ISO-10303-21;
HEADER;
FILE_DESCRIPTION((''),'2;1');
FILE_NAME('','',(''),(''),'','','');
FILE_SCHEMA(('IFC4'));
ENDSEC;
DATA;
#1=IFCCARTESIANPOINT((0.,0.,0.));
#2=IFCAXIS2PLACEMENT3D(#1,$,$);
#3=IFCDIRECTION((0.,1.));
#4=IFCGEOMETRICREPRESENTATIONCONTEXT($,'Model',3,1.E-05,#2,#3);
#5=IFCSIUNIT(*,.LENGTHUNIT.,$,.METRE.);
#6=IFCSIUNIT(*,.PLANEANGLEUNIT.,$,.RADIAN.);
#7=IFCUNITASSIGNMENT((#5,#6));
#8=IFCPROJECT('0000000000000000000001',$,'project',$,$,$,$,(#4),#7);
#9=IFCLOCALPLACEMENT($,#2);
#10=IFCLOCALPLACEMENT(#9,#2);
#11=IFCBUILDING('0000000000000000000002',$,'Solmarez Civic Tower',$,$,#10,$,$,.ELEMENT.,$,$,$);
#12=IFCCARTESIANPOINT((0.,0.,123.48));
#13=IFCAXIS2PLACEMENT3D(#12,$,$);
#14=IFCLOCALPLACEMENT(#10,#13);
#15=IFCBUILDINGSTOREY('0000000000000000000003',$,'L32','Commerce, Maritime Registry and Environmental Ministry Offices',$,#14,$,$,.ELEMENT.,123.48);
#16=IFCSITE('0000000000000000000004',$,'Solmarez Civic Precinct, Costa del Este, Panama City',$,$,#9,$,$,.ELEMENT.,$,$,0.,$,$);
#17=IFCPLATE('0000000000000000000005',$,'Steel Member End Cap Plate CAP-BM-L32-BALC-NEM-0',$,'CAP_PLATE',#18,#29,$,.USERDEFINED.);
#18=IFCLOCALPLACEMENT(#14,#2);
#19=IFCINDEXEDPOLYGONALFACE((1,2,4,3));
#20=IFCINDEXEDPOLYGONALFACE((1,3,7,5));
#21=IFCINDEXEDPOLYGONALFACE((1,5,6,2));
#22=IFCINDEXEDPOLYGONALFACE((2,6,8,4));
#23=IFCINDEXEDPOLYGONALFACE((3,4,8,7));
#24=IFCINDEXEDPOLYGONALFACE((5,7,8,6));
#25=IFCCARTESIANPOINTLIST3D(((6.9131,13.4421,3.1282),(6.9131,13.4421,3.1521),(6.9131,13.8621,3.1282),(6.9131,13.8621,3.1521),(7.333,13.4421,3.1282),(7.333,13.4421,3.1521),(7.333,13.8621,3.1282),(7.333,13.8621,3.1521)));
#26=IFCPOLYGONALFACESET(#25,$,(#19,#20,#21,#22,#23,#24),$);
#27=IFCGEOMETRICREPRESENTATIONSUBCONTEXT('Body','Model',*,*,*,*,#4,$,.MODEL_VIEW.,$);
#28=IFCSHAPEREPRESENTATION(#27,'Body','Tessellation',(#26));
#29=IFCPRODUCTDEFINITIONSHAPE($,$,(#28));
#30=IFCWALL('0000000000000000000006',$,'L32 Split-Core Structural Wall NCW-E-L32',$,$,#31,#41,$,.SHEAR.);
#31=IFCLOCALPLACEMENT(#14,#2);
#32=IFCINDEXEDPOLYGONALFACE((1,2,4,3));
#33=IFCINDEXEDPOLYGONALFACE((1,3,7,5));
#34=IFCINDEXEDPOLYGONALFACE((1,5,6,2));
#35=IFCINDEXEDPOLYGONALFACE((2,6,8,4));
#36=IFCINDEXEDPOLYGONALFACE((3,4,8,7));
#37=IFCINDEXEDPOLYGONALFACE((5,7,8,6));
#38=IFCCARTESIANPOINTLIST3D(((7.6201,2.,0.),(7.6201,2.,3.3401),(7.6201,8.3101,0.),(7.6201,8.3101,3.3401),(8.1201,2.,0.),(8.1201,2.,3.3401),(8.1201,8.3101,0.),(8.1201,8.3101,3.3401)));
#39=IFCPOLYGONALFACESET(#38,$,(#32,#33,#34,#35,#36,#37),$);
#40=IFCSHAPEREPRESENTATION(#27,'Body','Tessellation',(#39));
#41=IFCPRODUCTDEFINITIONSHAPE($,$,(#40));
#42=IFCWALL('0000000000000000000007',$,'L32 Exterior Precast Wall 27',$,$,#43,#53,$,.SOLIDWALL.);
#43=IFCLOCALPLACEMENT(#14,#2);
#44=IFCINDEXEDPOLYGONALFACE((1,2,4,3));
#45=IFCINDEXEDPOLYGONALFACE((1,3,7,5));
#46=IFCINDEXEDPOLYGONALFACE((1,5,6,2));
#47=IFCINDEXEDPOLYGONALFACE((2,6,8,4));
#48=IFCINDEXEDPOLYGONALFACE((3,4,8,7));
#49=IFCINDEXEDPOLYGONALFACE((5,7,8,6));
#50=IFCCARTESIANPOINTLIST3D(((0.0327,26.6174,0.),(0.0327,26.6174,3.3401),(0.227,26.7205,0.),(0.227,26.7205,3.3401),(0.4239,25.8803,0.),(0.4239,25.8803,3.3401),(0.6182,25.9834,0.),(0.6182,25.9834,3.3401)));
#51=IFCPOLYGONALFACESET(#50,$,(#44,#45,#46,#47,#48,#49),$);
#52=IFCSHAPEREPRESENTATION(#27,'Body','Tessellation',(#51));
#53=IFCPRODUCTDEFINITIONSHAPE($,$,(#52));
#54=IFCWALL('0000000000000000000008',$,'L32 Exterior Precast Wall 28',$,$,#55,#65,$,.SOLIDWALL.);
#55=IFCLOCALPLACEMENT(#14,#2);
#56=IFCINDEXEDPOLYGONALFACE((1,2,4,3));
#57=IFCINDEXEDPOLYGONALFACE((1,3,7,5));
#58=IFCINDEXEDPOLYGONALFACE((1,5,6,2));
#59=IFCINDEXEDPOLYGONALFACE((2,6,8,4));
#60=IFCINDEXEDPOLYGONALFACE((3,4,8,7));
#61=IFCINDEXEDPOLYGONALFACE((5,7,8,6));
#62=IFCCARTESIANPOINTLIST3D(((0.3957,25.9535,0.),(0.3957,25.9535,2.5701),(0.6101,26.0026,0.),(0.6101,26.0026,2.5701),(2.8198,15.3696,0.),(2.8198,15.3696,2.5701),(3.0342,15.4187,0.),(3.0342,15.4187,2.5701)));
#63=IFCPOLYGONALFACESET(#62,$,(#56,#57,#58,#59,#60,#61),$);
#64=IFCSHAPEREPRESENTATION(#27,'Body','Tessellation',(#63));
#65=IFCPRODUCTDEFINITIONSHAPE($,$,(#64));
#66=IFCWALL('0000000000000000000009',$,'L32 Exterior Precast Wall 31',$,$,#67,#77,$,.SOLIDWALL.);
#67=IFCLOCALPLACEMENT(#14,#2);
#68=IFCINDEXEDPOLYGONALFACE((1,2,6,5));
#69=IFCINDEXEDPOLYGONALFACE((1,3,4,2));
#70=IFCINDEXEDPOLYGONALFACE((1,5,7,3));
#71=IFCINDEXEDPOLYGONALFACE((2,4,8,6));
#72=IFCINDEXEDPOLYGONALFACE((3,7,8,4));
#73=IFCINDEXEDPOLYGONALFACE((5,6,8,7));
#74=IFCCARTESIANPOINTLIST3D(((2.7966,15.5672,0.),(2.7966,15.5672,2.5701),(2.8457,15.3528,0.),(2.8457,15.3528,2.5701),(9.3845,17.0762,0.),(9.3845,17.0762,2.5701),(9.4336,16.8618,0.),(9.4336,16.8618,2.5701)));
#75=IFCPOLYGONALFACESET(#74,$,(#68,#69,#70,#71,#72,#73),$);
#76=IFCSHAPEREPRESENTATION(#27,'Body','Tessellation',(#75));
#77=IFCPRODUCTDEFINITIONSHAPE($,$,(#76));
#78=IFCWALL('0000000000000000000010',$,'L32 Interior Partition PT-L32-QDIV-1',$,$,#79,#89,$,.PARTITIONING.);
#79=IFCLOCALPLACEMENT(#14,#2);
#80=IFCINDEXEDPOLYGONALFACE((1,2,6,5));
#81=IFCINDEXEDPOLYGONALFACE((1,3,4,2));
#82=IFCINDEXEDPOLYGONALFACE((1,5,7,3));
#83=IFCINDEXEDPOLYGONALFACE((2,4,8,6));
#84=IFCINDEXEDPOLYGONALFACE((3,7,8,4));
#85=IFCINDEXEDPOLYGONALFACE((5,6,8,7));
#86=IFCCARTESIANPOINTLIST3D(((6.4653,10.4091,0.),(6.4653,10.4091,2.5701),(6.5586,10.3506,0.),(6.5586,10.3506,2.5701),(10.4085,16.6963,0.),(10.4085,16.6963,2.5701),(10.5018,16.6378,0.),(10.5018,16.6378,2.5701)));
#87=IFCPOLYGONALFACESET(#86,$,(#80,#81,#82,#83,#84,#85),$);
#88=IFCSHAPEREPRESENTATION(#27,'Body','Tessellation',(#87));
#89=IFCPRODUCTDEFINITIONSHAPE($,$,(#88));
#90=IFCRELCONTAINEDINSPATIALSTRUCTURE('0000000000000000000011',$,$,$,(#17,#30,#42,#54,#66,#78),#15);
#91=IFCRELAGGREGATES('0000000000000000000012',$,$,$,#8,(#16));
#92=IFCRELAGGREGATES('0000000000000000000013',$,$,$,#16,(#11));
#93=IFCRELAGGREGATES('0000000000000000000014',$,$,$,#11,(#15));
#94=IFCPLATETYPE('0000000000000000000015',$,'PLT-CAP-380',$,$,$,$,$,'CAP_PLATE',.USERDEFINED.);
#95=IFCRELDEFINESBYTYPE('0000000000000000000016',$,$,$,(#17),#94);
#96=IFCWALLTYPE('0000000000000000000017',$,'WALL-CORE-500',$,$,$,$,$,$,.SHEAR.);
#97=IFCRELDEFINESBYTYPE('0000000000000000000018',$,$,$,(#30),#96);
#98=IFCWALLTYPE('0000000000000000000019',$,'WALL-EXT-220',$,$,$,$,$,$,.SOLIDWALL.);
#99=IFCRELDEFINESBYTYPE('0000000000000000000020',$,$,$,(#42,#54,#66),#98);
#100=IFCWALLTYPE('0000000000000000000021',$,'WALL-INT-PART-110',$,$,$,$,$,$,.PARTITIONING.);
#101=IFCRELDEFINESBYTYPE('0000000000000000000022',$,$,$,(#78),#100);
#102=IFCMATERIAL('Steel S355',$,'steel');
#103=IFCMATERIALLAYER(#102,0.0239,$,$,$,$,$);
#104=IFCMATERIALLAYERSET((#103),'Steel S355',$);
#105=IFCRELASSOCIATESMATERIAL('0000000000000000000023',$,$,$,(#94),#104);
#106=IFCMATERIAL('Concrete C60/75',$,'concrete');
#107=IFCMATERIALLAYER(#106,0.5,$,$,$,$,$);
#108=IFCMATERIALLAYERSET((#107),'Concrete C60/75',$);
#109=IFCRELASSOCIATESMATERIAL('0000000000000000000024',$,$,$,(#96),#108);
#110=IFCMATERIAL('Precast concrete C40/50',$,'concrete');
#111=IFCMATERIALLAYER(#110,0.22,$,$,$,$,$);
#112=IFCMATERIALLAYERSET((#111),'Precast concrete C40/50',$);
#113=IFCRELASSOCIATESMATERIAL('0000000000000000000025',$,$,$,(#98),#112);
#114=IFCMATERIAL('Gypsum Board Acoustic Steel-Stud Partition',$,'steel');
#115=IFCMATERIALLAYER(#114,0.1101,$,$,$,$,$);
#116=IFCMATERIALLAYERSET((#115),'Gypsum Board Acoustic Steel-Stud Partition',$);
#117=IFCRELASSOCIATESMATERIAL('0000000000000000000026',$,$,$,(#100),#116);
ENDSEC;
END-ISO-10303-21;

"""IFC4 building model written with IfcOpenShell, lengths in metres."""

from ifc_helpers import new_model, si_unit, direction, frame, frame_2d, origin, origin_2d, place, context, subcontext, project, spatial, rectangle, extrude, material, layer, layer_set, type_object, element, save


model = new_model("IFC4")

# Units and contexts
model_context = context("Model", 3, precision=1e-05, world=origin(), true_north=direction((0.0, 1.0)))
body_context = subcontext(model_context, "Body", "Model", "MODEL_VIEW")
ifc_project = project(units=[si_unit("LENGTHUNIT", "METRE"), si_unit("PLANEANGLEUNIT", "RADIAN")], contexts=[model_context])

# Site, building, storey
site_placement = place(None, origin())
site = spatial("IfcSite", under=ifc_project, at=site_placement, Name="Solmarez Civic Precinct, Costa del Este, Panama City", CompositionType="ELEMENT", RefElevation=0.0)
building_placement = place(site_placement, origin())
building = spatial("IfcBuilding", under=site, at=building_placement, Name="Solmarez Civic Tower", CompositionType="ELEMENT")
storey_placement = place(building_placement, frame((0.0, 0.0, 123.48)))
storey = spatial("IfcBuildingStorey", under=building, at=storey_placement, Name="L32", Description="Commerce, Maritime Registry and Environmental Ministry Offices", CompositionType="ELEMENT", Elevation=123.48)

# Shared definitions
ifc_material_1 = material(Name="Steel S355", Category="steel")

# Plate
ifc_layer_1 = layer(ifc_material_1, 0.0239)
ifc_layer_set_1 = layer_set([ifc_layer_1], Name="Steel S355")
plate_type = type_object("IfcPlateType", Name="PLT-CAP-380", ElementType="CAP_PLATE", PredefinedType="USERDEFINED", material=ifc_layer_set_1)
plate_placement = place(storey_placement, frame((7.123, 13.6521, 3.1282), z_axis=(0.0, 0.0, 1.0), x_axis=(1.0, 0.0, 0.0)))
element("IfcPlate", 1, at=plate_placement, inside=storey, type_object=plate_type, Name="Steel Member End Cap Plate CAP-BM-L32-BALC-NEM-0", ObjectType="CAP_PLATE", PredefinedType="USERDEFINED", context=body_context, shape_type="SweptSolid", body=[
    extrude(rectangle(XDim=0.4199, YDim=0.4199, at=origin_2d()), origin(), (0.0, 0.0, 1.0), 0.0239),
])

# Walls
ifc_material_2 = material(Name="Concrete C60/75", Category="concrete")
ifc_layer_2 = layer(ifc_material_2, 0.5)
ifc_layer_set_2 = layer_set([ifc_layer_2], Name="Concrete C60/75")
wall_type_1 = type_object("IfcWallType", Name="WALL-CORE-500", PredefinedType="SHEAR", material=ifc_layer_set_2)
wall_1_placement = place(storey_placement, frame((7.8701, 8.3101, 0.0), z_axis=(0.0, 0.0, 1.0), x_axis=(0.0, -1.0, 0.0)))
element("IfcWall", 2, at=wall_1_placement, inside=storey, type_object=wall_type_1, Name="L32 Split-Core Structural Wall NCW-E-L32", PredefinedType="SHEAR", context=body_context, shape_type="SweptSolid", body=[
    extrude(rectangle(XDim=6.3101, YDim=0.5, at=frame_2d((3.155, 0.0))), origin(), (0.0, 0.0, 1.0), 3.3401),
])
ifc_material_3 = material(Name="Precast concrete C40/50", Category="concrete")
ifc_layer_3 = layer(ifc_material_3, 0.22)
ifc_layer_set_3 = layer_set([ifc_layer_3], Name="Precast concrete C40/50")
wall_type_2 = type_object("IfcWallType", Name="WALL-EXT-220", PredefinedType="SOLIDWALL", material=ifc_layer_set_3)
wall_2_placement = place(storey_placement, frame((0.1299, 26.6689, 0.0), z_axis=(0.0, 0.0, 1.0), x_axis=(0.468734, -0.883339, 0.0)))
element("IfcWall", 3, at=wall_2_placement, inside=storey, type_object=wall_type_2, Name="L32 Exterior Precast Wall 27", PredefinedType="SOLIDWALL", context=body_context, shape_type="SweptSolid", body=[
    extrude(rectangle(XDim=0.8345, YDim=0.22, at=frame_2d((0.4172, 0.0))), origin(), (0.0, 0.0, 1.0), 3.3401),
])
wall_3_placement = place(storey_placement, frame((0.5029, 25.978, 0.0), z_axis=(0.0, 0.0, 1.0), x_axis=(0.223252, -0.974761, 0.0)))
element("IfcWall", 4, at=wall_3_placement, inside=storey, type_object=wall_type_2, Name="L32 Exterior Precast Wall 28", PredefinedType="SOLIDWALL", context=body_context, shape_type="SweptSolid", body=[
    extrude(rectangle(XDim=10.8579, YDim=0.22, at=frame_2d((5.429, 0.0))), origin(), (0.0, 0.0, 1.0), 2.5701),
])
wall_4_placement = place(storey_placement, frame((2.821, 15.46, 0.0), z_axis=(0.0, 0.0, 1.0), x_axis=(0.974755, 0.223279, 0.0)))
element("IfcWall", 5, at=wall_4_placement, inside=storey, type_object=wall_type_2, Name="L32 Exterior Precast Wall 31", PredefinedType="SOLIDWALL", context=body_context, shape_type="SweptSolid", body=[
    extrude(rectangle(XDim=6.7585, YDim=0.22, at=frame_2d((3.3794, 0.0))), origin(), (0.0, 0.0, 1.0), 2.5701),
])
ifc_material_4 = material(Name="Gypsum Board Acoustic Steel-Stud Partition", Category="steel")
ifc_layer_4 = layer(ifc_material_4, 0.1101)
ifc_layer_set_4 = layer_set([ifc_layer_4], Name="Gypsum Board Acoustic Steel-Stud Partition")
wall_type_3 = type_object("IfcWallType", Name="WALL-INT-PART-110", PredefinedType="PARTITIONING", material=ifc_layer_set_4)
wall_5_placement = place(storey_placement, frame((6.512, 10.3799, 0.0), z_axis=(0.0, 0.0, 1.0), x_axis=(0.531323, 0.847169, 0.0)))
element("IfcWall", 6, at=wall_5_placement, inside=storey, type_object=wall_type_3, Name="L32 Interior Partition PT-L32-QDIV-1", PredefinedType="PARTITIONING", context=body_context, shape_type="SweptSolid", body=[
    extrude(rectangle(XDim=7.4214, YDim=0.1101, at=frame_2d((3.7107, 0.0))), origin(), (0.0, 0.0, 1.0), 2.5701),
])

save(model, "model.ifc")
